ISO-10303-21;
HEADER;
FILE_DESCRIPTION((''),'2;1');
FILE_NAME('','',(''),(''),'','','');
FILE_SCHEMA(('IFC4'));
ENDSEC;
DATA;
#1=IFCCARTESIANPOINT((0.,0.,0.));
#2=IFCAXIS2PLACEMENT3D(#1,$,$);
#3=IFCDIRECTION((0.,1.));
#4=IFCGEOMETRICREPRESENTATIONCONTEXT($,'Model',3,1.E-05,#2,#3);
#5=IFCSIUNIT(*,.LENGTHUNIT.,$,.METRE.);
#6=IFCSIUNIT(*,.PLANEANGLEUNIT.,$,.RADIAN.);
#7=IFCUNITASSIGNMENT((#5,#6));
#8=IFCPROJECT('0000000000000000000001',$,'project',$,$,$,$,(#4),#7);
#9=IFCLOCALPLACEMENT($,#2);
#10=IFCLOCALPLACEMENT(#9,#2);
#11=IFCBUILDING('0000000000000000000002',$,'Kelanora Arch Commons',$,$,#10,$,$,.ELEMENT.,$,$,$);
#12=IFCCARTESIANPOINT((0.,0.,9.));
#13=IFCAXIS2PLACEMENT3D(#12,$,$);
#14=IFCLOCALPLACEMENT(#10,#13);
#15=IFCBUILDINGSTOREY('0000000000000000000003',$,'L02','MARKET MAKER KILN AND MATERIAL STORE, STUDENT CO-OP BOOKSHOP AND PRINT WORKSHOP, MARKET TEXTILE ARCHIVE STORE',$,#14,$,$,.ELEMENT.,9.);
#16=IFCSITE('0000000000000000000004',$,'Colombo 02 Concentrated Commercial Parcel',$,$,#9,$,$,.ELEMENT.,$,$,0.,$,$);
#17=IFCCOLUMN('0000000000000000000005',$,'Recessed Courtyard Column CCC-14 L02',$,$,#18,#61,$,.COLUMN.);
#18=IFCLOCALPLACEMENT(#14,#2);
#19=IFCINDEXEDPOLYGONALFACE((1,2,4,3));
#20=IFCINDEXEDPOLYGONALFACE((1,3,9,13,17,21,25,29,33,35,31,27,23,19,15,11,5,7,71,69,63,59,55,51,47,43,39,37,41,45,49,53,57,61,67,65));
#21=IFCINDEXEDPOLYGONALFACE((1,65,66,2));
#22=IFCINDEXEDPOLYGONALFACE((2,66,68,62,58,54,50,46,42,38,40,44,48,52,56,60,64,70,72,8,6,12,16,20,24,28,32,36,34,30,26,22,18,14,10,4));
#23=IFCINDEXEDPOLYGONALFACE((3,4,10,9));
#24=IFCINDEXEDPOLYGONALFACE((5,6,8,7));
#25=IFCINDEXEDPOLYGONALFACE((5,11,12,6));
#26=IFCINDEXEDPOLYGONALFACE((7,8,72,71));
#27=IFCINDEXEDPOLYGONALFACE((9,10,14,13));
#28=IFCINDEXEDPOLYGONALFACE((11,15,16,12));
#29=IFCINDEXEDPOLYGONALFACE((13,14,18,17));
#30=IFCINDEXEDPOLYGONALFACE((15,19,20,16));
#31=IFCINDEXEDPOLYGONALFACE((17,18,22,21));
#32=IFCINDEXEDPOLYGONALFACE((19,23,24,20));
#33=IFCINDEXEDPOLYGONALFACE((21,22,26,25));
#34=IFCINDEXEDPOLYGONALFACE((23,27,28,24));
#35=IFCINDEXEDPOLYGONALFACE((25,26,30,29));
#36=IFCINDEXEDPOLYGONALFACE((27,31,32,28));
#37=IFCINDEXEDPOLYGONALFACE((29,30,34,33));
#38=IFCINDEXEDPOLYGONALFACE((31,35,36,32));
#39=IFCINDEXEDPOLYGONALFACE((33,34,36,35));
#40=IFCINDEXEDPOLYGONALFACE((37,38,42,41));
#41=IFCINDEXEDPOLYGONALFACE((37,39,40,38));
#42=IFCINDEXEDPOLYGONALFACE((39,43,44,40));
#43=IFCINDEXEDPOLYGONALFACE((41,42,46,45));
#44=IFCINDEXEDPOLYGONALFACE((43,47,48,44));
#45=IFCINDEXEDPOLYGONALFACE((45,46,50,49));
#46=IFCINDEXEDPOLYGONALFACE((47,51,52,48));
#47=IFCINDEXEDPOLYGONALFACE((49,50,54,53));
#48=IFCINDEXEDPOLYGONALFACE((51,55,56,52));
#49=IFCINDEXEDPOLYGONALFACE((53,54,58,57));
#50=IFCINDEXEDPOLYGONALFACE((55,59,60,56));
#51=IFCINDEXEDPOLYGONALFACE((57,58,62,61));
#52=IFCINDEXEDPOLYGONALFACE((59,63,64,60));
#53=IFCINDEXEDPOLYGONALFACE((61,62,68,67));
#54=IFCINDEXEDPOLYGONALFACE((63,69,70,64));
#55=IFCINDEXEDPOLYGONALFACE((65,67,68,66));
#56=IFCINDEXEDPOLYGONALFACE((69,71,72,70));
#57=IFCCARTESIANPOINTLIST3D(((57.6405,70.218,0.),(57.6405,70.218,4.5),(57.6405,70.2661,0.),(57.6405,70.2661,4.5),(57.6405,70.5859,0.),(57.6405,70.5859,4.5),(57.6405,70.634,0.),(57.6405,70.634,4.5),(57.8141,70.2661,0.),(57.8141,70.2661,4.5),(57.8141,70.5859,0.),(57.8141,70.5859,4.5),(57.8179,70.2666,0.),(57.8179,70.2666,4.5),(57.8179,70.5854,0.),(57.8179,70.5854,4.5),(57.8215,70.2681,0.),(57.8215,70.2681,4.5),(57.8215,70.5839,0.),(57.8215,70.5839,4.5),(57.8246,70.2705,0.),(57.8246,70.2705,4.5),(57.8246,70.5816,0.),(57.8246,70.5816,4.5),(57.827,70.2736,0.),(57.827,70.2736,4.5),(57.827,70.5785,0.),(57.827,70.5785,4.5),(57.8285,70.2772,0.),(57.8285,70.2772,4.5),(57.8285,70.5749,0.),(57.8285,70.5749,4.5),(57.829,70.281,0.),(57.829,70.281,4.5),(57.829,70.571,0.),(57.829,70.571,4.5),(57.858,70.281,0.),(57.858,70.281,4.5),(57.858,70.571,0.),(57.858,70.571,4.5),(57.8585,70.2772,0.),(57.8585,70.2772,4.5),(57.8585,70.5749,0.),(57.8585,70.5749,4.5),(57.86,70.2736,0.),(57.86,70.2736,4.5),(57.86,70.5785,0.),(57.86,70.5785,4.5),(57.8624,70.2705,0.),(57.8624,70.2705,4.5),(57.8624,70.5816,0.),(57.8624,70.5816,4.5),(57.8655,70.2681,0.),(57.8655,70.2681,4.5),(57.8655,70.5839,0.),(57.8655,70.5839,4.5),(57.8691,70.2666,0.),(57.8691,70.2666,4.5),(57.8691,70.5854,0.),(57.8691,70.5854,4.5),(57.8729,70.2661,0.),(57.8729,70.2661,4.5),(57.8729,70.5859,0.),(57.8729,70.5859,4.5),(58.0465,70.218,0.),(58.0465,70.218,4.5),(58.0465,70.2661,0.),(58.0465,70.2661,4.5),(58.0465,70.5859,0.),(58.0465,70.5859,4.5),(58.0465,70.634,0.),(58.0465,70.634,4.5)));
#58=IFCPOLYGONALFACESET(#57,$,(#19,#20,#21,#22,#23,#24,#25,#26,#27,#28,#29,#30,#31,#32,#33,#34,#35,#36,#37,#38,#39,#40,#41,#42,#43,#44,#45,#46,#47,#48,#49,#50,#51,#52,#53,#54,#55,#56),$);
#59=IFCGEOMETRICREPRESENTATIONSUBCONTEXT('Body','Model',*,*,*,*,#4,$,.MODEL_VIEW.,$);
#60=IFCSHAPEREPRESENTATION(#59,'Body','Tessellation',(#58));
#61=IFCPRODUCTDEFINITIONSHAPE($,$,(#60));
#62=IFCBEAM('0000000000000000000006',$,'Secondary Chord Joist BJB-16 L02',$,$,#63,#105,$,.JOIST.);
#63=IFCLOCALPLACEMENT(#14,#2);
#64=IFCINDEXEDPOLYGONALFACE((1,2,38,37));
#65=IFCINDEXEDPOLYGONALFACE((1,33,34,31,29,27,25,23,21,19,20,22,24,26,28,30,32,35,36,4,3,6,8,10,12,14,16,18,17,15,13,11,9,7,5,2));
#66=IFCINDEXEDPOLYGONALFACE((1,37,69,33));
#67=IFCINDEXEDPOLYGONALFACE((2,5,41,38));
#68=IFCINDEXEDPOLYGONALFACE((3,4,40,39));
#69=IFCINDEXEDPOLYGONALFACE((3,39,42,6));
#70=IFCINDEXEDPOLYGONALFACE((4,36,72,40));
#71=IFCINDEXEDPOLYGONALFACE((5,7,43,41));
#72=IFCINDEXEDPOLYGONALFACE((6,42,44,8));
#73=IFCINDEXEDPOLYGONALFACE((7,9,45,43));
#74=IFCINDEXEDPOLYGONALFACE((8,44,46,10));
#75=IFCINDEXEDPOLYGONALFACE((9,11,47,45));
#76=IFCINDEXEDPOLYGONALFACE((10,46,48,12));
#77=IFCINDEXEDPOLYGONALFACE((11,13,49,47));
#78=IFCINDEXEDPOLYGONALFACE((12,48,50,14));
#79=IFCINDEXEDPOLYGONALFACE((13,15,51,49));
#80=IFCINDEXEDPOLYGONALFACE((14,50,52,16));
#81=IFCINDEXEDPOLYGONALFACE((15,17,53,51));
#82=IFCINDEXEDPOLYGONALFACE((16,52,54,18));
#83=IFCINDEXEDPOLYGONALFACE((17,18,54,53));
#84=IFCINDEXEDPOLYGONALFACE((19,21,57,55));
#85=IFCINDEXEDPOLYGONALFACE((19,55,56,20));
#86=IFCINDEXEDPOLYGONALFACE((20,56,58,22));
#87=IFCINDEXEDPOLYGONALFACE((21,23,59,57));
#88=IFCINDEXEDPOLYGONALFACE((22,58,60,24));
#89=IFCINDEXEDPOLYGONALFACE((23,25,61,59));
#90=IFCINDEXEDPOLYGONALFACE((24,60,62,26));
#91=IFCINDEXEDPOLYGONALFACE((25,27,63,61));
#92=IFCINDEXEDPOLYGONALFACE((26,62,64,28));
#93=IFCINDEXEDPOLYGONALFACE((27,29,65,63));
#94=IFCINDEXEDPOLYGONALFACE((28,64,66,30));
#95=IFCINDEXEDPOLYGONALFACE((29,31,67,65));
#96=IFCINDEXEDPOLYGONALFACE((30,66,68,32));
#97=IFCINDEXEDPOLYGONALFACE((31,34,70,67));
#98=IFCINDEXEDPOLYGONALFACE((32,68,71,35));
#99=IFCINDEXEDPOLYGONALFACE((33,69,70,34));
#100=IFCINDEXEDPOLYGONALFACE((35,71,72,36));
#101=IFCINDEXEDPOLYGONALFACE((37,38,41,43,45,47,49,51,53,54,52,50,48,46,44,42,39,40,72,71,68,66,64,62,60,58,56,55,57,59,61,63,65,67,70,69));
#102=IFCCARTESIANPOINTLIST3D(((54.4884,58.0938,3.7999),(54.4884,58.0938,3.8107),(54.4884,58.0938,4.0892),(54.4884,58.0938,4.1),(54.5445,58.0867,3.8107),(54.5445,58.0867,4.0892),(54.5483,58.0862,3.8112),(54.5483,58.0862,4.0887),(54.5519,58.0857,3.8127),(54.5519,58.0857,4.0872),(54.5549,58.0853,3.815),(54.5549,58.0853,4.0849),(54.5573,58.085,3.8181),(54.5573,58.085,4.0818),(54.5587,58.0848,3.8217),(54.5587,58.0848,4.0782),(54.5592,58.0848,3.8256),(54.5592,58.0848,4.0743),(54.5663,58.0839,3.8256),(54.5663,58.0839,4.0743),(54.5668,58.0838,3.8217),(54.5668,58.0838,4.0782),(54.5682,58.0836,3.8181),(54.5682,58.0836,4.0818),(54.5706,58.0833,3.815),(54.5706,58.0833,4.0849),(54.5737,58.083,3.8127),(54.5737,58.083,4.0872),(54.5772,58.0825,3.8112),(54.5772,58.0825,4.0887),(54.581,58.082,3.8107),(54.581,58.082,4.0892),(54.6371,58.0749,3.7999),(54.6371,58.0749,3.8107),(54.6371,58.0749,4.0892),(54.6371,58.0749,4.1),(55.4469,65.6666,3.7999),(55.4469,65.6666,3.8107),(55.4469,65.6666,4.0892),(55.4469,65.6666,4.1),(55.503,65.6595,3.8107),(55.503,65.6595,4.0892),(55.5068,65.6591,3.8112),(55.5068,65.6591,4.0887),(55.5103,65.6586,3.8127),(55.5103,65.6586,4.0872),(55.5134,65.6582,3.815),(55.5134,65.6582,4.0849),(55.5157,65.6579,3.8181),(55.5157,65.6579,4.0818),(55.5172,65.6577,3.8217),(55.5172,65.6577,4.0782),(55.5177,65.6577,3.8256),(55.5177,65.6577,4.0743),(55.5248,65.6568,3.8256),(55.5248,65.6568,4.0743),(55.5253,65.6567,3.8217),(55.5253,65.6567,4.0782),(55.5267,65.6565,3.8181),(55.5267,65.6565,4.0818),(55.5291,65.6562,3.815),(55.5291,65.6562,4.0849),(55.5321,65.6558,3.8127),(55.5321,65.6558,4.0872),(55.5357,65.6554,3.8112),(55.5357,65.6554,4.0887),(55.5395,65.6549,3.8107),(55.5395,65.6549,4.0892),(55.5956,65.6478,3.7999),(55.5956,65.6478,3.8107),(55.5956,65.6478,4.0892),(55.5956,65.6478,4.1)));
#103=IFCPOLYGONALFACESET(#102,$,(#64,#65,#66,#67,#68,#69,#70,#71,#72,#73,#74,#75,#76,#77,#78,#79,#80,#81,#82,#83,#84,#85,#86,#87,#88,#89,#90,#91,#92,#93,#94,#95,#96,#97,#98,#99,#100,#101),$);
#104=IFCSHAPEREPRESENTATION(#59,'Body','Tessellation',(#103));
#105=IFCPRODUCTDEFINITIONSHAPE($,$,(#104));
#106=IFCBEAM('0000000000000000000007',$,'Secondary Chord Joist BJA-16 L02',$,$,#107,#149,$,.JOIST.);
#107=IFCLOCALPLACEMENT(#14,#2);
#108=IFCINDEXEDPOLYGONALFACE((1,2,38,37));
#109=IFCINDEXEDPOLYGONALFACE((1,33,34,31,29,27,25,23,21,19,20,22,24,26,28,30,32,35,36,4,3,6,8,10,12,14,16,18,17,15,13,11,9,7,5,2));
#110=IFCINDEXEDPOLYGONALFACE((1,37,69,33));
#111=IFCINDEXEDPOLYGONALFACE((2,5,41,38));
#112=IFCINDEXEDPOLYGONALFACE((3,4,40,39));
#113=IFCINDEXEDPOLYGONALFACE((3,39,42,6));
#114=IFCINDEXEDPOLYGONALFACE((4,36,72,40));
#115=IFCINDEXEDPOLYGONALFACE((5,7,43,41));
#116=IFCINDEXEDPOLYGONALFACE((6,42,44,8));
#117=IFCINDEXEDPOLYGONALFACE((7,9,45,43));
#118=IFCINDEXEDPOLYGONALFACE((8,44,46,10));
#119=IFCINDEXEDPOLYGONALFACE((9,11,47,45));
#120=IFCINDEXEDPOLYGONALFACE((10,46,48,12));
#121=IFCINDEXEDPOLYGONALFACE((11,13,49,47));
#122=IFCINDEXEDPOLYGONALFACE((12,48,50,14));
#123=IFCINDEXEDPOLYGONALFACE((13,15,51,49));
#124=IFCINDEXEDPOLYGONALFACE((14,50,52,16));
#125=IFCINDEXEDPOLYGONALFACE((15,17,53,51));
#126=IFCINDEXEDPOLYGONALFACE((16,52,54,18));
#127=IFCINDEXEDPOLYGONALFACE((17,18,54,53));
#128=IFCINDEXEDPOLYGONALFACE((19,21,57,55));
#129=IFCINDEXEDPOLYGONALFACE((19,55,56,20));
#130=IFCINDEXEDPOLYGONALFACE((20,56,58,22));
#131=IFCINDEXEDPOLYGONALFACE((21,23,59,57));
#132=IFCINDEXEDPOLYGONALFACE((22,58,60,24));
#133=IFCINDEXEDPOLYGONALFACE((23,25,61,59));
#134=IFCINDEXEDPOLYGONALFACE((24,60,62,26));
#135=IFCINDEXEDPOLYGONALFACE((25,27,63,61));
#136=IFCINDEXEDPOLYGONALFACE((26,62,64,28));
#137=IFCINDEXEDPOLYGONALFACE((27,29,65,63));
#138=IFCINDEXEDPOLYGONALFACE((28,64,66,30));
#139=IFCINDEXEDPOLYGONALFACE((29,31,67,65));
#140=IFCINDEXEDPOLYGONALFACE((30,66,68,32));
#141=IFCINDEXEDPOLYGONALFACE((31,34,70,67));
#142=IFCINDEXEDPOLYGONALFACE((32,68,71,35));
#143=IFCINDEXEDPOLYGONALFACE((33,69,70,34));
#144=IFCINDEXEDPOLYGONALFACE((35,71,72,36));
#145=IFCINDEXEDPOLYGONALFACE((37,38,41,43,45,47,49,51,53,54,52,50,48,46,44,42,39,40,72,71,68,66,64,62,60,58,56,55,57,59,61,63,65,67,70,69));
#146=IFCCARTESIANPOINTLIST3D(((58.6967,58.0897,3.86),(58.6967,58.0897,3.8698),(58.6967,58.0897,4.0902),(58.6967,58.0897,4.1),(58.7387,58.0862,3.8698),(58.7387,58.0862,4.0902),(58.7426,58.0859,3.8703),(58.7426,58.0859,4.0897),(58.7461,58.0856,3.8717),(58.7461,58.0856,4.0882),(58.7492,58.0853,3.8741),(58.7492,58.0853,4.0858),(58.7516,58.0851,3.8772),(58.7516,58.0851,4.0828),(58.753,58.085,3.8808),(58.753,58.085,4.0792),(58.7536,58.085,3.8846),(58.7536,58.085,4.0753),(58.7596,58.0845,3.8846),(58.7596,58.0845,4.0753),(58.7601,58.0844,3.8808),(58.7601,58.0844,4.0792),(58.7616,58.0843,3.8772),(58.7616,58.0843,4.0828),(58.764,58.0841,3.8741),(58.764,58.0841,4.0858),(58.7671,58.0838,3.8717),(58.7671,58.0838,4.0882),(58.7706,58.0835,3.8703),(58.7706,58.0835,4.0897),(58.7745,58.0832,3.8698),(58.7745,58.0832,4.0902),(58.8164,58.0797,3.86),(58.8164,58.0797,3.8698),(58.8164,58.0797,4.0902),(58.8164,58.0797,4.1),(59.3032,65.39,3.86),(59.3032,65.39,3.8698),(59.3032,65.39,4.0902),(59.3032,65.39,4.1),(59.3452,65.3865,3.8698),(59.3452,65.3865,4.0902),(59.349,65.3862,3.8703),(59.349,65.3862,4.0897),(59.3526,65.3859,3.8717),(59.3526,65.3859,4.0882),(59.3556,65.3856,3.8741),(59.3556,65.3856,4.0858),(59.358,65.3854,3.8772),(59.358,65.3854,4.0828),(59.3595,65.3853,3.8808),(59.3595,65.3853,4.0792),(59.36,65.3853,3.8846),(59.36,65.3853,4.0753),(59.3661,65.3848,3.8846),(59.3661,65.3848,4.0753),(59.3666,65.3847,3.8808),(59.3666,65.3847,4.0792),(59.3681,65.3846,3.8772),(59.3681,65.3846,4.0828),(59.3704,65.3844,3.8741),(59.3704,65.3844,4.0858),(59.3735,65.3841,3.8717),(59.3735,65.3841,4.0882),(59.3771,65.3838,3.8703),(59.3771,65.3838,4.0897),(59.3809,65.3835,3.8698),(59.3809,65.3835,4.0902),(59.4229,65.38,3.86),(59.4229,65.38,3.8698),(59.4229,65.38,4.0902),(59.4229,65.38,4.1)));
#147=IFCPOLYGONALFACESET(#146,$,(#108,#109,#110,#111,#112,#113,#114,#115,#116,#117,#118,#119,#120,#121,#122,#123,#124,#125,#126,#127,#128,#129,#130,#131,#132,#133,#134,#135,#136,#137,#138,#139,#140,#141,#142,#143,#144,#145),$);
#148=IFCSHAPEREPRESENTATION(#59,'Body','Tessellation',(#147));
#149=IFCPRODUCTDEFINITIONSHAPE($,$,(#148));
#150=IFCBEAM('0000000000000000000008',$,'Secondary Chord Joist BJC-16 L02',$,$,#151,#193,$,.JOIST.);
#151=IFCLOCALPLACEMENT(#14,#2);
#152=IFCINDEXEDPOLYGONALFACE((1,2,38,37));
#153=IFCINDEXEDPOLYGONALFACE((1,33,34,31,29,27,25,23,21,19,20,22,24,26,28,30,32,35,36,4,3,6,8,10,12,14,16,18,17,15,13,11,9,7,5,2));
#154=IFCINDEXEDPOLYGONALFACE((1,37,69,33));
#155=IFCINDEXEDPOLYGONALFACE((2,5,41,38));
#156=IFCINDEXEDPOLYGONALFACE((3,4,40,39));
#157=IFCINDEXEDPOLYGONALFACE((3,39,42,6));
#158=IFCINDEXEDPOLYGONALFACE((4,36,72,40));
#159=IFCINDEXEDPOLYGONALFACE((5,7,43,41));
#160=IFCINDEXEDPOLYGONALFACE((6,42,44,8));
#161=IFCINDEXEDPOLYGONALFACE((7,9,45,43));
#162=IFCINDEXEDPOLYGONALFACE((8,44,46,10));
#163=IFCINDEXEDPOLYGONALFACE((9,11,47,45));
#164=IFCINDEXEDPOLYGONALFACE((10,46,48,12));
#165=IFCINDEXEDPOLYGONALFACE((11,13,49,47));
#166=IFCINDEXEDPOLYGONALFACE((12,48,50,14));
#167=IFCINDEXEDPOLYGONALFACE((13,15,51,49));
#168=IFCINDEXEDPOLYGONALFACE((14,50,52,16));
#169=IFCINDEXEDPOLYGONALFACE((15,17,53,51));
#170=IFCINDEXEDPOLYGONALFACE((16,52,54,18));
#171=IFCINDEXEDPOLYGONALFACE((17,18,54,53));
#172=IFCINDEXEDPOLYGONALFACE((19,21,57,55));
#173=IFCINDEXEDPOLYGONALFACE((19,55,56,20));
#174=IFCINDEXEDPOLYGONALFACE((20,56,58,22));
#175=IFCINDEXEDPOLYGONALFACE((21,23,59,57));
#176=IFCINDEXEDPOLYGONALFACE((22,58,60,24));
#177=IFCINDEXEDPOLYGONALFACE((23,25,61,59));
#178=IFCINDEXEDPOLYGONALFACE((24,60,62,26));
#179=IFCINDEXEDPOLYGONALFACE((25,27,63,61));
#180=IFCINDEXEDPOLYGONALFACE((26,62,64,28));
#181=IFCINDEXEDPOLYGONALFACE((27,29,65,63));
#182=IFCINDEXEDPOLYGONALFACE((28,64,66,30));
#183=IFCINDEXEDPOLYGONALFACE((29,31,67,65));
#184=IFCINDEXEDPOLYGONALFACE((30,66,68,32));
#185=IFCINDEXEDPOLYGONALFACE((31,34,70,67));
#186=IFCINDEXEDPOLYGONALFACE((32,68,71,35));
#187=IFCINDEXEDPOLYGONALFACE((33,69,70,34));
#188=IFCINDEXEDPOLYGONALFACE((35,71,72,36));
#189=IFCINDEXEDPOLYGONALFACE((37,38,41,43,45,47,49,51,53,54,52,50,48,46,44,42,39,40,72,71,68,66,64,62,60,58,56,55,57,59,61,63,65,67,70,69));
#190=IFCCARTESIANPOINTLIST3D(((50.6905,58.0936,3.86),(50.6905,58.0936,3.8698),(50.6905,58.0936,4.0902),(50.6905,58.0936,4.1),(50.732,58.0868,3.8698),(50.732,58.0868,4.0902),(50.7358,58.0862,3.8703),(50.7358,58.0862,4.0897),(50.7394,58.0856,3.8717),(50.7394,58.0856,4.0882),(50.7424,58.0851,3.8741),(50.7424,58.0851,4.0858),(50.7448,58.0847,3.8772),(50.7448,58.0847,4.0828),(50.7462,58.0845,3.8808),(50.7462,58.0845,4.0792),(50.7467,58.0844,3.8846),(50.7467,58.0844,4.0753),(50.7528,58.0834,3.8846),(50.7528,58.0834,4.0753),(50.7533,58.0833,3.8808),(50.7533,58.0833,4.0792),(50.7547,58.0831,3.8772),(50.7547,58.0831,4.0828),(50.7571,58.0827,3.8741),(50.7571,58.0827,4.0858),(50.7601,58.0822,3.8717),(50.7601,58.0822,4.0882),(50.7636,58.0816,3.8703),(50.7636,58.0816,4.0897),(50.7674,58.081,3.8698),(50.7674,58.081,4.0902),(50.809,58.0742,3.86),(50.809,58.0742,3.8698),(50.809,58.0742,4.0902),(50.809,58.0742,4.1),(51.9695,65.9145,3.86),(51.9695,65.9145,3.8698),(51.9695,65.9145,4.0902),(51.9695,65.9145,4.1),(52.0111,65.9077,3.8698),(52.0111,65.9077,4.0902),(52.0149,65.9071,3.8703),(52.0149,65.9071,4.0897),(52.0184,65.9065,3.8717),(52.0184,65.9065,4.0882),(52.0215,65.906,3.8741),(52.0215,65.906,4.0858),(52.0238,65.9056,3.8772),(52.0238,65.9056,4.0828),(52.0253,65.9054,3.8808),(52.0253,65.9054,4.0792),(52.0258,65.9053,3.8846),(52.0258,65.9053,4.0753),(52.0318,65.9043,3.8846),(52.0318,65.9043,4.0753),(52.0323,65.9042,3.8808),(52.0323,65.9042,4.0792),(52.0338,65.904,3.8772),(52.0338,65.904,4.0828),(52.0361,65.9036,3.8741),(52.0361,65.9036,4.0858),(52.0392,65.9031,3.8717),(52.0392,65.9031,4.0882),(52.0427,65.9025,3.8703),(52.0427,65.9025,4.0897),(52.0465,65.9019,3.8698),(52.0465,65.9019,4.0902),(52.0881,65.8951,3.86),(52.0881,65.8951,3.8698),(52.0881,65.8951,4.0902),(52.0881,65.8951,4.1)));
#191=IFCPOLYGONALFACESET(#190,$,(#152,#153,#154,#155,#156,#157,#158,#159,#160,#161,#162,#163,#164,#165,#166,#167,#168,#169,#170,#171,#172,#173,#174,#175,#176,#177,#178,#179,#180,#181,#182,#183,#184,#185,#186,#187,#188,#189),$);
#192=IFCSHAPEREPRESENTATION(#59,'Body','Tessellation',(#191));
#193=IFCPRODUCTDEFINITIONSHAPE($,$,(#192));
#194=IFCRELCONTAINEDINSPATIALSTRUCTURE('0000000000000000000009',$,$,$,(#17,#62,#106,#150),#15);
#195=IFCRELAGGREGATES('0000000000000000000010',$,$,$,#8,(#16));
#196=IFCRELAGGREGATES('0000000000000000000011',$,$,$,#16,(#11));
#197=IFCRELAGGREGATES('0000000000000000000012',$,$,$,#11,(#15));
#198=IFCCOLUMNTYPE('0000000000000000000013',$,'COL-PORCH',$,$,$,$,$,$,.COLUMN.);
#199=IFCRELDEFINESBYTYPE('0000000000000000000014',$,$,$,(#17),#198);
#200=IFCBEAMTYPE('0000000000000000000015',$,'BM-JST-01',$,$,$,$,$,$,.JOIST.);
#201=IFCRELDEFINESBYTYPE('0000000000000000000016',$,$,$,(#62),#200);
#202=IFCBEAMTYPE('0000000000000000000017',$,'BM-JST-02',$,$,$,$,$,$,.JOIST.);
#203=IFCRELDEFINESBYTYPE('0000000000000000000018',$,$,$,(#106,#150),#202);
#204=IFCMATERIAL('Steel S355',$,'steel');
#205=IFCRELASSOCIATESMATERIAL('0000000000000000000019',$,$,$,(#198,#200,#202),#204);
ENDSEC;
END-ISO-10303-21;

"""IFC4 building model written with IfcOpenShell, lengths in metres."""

from ifc_helpers import new_model, si_unit, direction, frame, origin, origin_2d, place, context, subcontext, project, spatial, i_section, extrude, material, material_profile, profile_set, type_object, element, save


model = new_model("IFC4")

# Units and contexts
model_context = context("Model", 3, precision=1e-05, world=origin(), true_north=direction((0.0, 1.0)))
body_context = subcontext(model_context, "Body", "Model", "MODEL_VIEW")
ifc_project = project(units=[si_unit("LENGTHUNIT", "METRE"), si_unit("PLANEANGLEUNIT", "RADIAN")], contexts=[model_context])

# Site, building, storey
site_placement = place(None, origin())
site = spatial("IfcSite", under=ifc_project, at=site_placement, Name="Colombo 02 Concentrated Commercial Parcel", CompositionType="ELEMENT", RefElevation=0.0)
building_placement = place(site_placement, origin())
building = spatial("IfcBuilding", under=site, at=building_placement, Name="Kelanora Arch Commons", CompositionType="ELEMENT")
storey_placement = place(building_placement, frame((0.0, 0.0, 9.0)))
storey = spatial("IfcBuildingStorey", under=building, at=storey_placement, Name="L02", Description="MARKET MAKER KILN AND MATERIAL STORE, STUDENT CO-OP BOOKSHOP AND PRINT WORKSHOP, MARKET TEXTILE ARCHIVE STORE", CompositionType="ELEMENT", Elevation=9.0)

# Column
ifc_material_1 = material(Name="Steel S355", Category="steel")
ifc_material_profile_1 = material_profile(ifc_material_1, i_section(OverallWidth=0.406, OverallDepth=0.416, WebThickness=0.0291, FlangeThickness=0.0481, FilletRadius=0.0149, at=origin_2d()), Name="HD400x382")
ifc_profile_set_1 = profile_set([ifc_material_profile_1], Name="Steel S355")
column_type = type_object("IfcColumnType", Name="COL-PORCH", PredefinedType="COLUMN", material=ifc_profile_set_1)
column_placement = place(storey_placement, frame((57.8435, 70.426, 0.0), z_axis=(0.0, 0.0, 1.0), x_axis=(1.0, 0.0, 0.0)))
element("IfcColumn", 1, at=column_placement, inside=storey, type_object=column_type, Name="Recessed Courtyard Column CCC-14 L02", PredefinedType="COLUMN", context=body_context, shape_type="SweptSolid", body=[
    extrude(i_section(OverallWidth=0.406, OverallDepth=0.416, WebThickness=0.0291, FlangeThickness=0.0481, FilletRadius=0.0149, at=origin_2d()), origin(), (0.0, 0.0, 1.0), 4.5),
])

# Beams
ifc_material_profile_2 = material_profile(ifc_material_1, i_section(OverallWidth=0.1499, OverallDepth=0.3, WebThickness=0.0071, FlangeThickness=0.0107, FilletRadius=0.0149, at=origin_2d()), Name="IPE300")
ifc_profile_set_2 = profile_set([ifc_material_profile_2], Name="Steel S355")
beam_type_1 = type_object("IfcBeamType", Name="BM-JST-01", PredefinedType="JOIST", material=ifc_profile_set_2)
beam_1_placement = place(storey_placement, frame((55.5212, 65.6572, 3.95), z_axis=(-0.125566, -0.992085, 0.0), x_axis=(0.992085, -0.125566, 0.0)))
element("IfcBeam", 2, at=beam_1_placement, inside=storey, type_object=beam_type_1, Name="Secondary Chord Joist BJB-16 L02", PredefinedType="JOIST", context=body_context, shape_type="SweptSolid", body=[
    extrude(i_section(OverallWidth=0.1499, OverallDepth=0.3, WebThickness=0.0071, FlangeThickness=0.0107, FilletRadius=0.0149, at=origin_2d()), origin(), (0.0, 0.0, 1.0), 7.6333),
])
ifc_material_profile_3 = material_profile(ifc_material_1, i_section(OverallWidth=0.1201, OverallDepth=0.24, WebThickness=0.0061, FlangeThickness=0.0098, FilletRadius=0.0149, at=origin_2d()), Name="IPE240")
ifc_profile_set_3 = profile_set([ifc_material_profile_3], Name="Steel S355")
beam_type_2 = type_object("IfcBeamType", Name="BM-JST-02", PredefinedType="JOIST", material=ifc_profile_set_3)
beam_2_placement = place(storey_placement, frame((59.363, 65.385, 3.98), z_axis=(-0.082786, -0.996567, 0.0), x_axis=(0.996567, -0.082786, 0.0)))
element("IfcBeam", 3, at=beam_2_placement, inside=storey, type_object=beam_type_2, Name="Secondary Chord Joist BJA-16 L02", PredefinedType="JOIST", context=body_context, shape_type="SweptSolid", body=[
    extrude(i_section(OverallWidth=0.1201, OverallDepth=0.24, WebThickness=0.0061, FlangeThickness=0.0098, FilletRadius=0.0149, at=origin_2d()), origin(), (0.0, 0.0, 1.0), 7.3254),
])
beam_3_placement = place(storey_placement, frame((52.0288, 65.9048, 3.98), z_axis=(-0.161401, -0.986889, 0.0), x_axis=(0.986889, -0.161401, 0.0)))
element("IfcBeam", 4, at=beam_3_placement, inside=storey, type_object=beam_type_2, Name="Secondary Chord Joist BJC-16 L02", PredefinedType="JOIST", context=body_context, shape_type="SweptSolid", body=[
    extrude(i_section(OverallWidth=0.1201, OverallDepth=0.24, WebThickness=0.0061, FlangeThickness=0.0098, FilletRadius=0.0149, at=origin_2d()), origin(), (0.0, 0.0, 1.0), 7.9248),
])

save(model, "model.ifc")
